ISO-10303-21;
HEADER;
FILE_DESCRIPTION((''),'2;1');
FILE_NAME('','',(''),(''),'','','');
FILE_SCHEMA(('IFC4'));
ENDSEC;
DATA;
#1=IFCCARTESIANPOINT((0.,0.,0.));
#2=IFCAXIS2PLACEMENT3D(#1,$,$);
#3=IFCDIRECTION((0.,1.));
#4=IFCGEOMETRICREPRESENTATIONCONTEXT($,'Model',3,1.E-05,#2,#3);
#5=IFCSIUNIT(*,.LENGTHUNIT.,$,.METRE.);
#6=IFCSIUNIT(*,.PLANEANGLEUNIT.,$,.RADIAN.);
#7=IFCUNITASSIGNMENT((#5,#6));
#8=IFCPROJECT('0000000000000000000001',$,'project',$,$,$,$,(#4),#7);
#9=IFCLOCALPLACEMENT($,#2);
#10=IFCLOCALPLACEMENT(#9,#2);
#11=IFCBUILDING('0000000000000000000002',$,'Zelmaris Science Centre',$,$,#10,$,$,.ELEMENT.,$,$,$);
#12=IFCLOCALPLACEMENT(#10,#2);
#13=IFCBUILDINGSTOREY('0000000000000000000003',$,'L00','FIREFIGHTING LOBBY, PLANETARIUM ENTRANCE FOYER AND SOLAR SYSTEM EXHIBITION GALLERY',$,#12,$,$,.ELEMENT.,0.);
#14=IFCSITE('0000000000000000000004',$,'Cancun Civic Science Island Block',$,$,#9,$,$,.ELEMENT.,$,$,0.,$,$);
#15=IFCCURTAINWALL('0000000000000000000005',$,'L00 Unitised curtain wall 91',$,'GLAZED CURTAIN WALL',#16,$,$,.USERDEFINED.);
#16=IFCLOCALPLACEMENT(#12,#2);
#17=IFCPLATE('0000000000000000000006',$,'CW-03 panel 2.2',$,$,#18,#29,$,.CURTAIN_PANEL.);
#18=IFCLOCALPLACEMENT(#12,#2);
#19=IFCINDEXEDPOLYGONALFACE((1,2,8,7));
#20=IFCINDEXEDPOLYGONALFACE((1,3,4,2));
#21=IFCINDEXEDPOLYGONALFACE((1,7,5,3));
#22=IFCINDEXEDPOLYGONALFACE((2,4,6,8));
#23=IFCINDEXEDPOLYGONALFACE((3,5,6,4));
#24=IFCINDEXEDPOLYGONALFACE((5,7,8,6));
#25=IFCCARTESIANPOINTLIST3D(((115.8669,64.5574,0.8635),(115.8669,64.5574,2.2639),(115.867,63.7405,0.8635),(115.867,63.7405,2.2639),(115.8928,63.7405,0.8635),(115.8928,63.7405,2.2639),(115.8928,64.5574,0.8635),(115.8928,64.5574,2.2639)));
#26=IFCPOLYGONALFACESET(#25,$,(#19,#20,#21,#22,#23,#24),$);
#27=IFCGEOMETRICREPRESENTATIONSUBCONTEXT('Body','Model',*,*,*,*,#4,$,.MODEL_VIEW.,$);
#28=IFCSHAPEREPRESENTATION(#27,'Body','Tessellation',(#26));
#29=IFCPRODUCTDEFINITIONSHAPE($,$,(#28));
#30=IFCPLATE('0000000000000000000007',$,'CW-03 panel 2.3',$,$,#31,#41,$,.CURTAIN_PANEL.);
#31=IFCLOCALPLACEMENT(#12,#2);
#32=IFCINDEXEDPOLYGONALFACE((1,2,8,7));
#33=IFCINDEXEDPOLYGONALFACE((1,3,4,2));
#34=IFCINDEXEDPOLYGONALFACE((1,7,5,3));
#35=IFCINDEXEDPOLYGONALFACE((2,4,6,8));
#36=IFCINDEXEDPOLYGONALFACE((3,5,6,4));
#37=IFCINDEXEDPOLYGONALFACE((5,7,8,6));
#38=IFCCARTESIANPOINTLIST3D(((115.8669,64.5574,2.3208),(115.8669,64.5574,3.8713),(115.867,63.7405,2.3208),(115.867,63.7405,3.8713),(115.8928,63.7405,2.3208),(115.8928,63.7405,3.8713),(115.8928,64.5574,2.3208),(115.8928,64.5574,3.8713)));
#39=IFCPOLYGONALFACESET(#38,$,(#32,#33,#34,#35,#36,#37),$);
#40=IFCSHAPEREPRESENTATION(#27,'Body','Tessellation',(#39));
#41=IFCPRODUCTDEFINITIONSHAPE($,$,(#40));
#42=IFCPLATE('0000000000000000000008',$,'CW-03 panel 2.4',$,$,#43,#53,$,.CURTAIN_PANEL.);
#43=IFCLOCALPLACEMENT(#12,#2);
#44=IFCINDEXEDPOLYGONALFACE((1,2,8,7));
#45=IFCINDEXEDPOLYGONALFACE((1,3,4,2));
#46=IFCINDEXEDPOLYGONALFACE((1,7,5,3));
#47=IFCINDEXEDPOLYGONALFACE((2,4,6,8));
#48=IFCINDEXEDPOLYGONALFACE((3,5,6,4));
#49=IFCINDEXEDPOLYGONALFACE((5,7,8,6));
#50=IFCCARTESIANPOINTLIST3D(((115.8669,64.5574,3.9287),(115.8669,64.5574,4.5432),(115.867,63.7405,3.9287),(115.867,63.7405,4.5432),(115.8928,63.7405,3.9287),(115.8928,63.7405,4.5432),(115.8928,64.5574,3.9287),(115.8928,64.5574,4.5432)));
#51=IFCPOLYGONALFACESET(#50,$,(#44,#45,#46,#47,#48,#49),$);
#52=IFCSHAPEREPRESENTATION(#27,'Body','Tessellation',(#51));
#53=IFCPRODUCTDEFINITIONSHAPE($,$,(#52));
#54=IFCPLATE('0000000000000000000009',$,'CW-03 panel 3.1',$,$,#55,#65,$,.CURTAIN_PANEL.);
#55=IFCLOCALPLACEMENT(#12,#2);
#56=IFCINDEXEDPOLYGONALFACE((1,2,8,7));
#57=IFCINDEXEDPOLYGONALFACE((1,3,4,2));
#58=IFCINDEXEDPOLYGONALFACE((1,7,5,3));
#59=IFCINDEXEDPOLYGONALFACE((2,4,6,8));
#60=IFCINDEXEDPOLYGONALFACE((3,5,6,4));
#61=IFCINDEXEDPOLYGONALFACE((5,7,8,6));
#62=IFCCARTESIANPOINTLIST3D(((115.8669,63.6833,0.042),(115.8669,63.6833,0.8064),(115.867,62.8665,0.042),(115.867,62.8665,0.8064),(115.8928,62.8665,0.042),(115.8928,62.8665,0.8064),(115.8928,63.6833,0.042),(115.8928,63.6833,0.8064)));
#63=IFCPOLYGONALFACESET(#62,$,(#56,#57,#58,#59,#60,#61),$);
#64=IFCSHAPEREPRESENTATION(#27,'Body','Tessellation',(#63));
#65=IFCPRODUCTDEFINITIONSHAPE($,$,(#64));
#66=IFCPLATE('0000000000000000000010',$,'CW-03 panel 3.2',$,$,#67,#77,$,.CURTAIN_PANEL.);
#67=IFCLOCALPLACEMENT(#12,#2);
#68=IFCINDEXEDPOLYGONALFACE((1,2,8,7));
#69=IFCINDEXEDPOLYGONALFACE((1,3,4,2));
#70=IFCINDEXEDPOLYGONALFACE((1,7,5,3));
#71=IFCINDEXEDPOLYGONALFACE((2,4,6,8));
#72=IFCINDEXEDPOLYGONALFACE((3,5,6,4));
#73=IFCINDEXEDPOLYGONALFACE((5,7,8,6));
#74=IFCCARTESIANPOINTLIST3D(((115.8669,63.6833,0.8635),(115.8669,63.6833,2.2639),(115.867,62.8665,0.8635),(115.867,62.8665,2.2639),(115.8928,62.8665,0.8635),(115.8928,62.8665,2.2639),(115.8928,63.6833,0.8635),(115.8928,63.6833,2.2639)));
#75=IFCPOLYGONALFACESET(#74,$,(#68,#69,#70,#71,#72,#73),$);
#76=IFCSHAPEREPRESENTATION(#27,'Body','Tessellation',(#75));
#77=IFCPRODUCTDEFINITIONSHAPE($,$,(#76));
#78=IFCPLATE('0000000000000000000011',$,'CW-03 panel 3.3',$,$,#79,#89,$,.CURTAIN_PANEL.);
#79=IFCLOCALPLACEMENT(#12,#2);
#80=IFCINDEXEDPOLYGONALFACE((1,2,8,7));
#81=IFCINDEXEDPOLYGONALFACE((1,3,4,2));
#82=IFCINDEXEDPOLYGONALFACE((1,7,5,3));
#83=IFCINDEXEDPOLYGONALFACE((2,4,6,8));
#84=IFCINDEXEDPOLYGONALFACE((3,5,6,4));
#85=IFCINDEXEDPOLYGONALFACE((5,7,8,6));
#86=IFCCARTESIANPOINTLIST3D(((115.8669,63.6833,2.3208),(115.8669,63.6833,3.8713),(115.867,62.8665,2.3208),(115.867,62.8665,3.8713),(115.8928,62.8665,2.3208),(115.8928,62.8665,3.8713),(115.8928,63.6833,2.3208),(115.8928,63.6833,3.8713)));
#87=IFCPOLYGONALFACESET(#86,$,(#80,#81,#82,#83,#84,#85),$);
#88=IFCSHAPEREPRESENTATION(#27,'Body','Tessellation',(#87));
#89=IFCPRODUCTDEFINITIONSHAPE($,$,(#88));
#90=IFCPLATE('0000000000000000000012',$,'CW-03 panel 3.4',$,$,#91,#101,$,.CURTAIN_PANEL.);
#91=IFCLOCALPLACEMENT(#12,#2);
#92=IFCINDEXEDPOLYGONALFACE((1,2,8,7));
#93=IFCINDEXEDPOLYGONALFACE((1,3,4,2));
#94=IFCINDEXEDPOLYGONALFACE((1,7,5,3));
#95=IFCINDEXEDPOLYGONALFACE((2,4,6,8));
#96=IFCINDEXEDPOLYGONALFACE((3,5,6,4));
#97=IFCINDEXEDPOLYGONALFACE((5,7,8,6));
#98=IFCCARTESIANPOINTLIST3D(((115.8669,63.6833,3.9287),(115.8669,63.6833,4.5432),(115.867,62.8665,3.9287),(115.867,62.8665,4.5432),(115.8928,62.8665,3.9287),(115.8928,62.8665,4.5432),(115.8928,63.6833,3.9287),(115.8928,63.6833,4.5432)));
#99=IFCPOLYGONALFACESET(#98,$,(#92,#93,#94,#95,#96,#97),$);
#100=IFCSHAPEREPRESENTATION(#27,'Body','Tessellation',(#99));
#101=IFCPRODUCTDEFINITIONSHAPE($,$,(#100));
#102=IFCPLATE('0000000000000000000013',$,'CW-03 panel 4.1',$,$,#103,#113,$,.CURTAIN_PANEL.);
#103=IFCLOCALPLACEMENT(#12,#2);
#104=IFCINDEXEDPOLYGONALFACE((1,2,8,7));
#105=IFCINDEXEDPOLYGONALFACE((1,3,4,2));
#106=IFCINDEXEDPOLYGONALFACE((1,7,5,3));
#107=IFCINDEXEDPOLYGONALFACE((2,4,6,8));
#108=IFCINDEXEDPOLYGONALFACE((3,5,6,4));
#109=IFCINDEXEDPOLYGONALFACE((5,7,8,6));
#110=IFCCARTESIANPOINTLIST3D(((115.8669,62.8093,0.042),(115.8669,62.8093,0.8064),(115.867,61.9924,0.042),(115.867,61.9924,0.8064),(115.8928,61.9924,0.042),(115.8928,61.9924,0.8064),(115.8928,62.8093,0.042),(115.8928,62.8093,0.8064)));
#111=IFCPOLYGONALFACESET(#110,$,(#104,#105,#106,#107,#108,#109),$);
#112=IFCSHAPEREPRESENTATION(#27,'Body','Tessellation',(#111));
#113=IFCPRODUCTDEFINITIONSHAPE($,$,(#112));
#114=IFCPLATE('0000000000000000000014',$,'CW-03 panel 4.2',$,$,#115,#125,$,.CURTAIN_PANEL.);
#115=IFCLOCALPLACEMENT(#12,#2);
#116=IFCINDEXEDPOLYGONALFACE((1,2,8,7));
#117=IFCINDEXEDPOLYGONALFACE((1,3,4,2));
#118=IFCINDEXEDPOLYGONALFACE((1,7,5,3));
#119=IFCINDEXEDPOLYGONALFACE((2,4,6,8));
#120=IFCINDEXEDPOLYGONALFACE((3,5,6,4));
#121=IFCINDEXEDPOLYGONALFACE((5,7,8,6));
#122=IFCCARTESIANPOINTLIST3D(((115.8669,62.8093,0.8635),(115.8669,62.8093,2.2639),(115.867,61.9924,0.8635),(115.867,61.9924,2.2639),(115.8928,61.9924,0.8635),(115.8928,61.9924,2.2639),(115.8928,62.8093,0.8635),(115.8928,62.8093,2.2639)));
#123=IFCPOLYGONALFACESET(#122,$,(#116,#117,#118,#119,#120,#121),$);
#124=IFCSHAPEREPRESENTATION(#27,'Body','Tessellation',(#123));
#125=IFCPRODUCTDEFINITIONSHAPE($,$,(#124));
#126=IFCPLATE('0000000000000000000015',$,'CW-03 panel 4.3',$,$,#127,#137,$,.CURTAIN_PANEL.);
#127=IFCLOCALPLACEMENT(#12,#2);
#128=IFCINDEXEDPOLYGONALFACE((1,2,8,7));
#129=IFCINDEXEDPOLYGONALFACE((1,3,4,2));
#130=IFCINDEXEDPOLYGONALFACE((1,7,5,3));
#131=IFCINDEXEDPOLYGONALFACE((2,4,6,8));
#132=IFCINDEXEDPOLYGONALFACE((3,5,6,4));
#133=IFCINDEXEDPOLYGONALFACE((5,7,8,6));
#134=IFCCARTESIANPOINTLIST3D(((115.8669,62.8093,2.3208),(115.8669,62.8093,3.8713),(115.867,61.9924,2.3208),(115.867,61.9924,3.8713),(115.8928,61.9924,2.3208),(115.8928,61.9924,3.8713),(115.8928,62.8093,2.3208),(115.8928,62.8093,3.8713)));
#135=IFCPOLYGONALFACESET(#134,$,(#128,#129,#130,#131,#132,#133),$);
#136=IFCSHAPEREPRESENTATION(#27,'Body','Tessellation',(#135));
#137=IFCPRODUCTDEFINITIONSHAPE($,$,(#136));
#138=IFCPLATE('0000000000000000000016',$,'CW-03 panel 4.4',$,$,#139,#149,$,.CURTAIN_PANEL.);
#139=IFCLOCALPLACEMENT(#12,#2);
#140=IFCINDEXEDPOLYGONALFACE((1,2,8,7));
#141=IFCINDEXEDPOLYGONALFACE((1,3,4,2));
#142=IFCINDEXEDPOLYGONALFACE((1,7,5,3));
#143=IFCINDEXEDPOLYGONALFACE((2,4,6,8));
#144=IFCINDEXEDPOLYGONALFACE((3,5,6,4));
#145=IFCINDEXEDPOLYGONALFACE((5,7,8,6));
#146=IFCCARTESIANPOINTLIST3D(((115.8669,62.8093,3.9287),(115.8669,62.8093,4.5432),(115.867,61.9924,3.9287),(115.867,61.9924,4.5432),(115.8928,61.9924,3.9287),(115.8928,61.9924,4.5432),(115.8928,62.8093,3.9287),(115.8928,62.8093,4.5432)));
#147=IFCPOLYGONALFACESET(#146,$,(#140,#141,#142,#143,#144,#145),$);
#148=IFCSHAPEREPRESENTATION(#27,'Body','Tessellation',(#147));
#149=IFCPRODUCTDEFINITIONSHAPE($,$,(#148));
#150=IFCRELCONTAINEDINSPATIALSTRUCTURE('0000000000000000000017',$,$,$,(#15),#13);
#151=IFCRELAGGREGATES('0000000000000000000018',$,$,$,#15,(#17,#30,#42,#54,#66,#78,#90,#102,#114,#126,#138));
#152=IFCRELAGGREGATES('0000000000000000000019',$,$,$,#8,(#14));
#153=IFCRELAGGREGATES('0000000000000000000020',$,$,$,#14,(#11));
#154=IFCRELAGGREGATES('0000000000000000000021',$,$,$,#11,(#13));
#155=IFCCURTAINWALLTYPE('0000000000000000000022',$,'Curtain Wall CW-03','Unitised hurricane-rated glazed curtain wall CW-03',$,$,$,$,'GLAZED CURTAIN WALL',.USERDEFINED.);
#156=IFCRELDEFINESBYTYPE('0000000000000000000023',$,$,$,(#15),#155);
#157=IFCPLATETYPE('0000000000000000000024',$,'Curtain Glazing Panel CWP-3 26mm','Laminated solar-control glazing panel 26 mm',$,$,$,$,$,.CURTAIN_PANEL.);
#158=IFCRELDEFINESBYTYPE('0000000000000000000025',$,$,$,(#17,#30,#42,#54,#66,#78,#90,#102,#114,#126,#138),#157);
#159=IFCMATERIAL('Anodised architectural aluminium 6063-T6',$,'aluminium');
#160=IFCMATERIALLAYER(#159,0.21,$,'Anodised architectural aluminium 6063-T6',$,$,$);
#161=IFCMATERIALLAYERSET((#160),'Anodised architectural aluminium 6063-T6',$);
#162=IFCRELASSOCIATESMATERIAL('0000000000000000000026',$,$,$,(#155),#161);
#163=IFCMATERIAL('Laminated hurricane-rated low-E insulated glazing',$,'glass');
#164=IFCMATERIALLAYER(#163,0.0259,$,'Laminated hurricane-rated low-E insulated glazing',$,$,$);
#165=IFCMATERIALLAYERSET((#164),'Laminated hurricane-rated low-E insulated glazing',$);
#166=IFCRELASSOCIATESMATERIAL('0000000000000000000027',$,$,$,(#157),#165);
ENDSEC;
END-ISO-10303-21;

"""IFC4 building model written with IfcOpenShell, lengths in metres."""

from ifc_helpers import new_model, si_unit, direction, frame, origin, origin_2d, place, context, subcontext, project, spatial, rectangle, extrude, material, layer, layer_set, type_object, element, aggregate, save


model = new_model("IFC4")

# Units and contexts
model_context = context("Model", 3, precision=1e-05, world=origin(), true_north=direction((0.0, 1.0)))
body_context = subcontext(model_context, "Body", "Model", "MODEL_VIEW")
ifc_project = project(units=[si_unit("LENGTHUNIT", "METRE"), si_unit("PLANEANGLEUNIT", "RADIAN")], contexts=[model_context])

# Site, building, storey
site_placement = place(None, origin())
site = spatial("IfcSite", under=ifc_project, at=site_placement, Name="Cancun Civic Science Island Block", CompositionType="ELEMENT", RefElevation=0.0)
building_placement = place(site_placement, origin())
building = spatial("IfcBuilding", under=site, at=building_placement, Name="Zelmaris Science Centre", CompositionType="ELEMENT")
storey_placement = place(building_placement, origin())
storey = spatial("IfcBuildingStorey", under=building, at=storey_placement, Name="L00", Description="FIREFIGHTING LOBBY, PLANETARIUM ENTRANCE FOYER AND SOLAR SYSTEM EXHIBITION GALLERY", CompositionType="ELEMENT", Elevation=0.0)

# Curtain wall, plates
ifc_material_1 = material(Name="Anodised architectural aluminium 6063-T6", Category="aluminium")
ifc_layer_1 = layer(ifc_material_1, 0.21, Name="Anodised architectural aluminium 6063-T6")
ifc_layer_set_1 = layer_set([ifc_layer_1], Name="Anodised architectural aluminium 6063-T6")
curtain_wall_type = type_object("IfcCurtainWallType", Name="Curtain Wall CW-03", Description="Unitised hurricane-rated glazed curtain wall CW-03", ElementType="GLAZED CURTAIN WALL", PredefinedType="USERDEFINED", material=ifc_layer_set_1)
curtain_wall_placement = place(storey_placement, origin())
curtain_wall = element("IfcCurtainWall", 1, at=curtain_wall_placement, inside=storey, type_object=curtain_wall_type, Name="L00 Unitised curtain wall 91", ObjectType="GLAZED CURTAIN WALL", PredefinedType="USERDEFINED")
ifc_material_2 = material(Name="Laminated hurricane-rated low-E insulated glazing", Category="glass")
ifc_layer_2 = layer(ifc_material_2, 0.0259, Name="Laminated hurricane-rated low-E insulated glazing")
ifc_layer_set_2 = layer_set([ifc_layer_2], Name="Laminated hurricane-rated low-E insulated glazing")
plate_type = type_object("IfcPlateType", Name="Curtain Glazing Panel CWP-3 26mm", Description="Laminated solar-control glazing panel 26 mm", PredefinedType="CURTAIN_PANEL", material=ifc_layer_set_2)
plate_1_placement = place(storey_placement, frame((115.8799, 64.1489, 0.8635), z_axis=(0.0, 0.0, 1.0), x_axis=(0.000023, -1.0, 0.0)))
plate_1 = element("IfcPlate", 2, at=plate_1_placement, type_object=plate_type, Name="CW-03 panel 2.2", PredefinedType="CURTAIN_PANEL", context=body_context, shape_type="SweptSolid", body=[
    extrude(rectangle(XDim=0.8169, YDim=0.0259, at=origin_2d()), origin(), (0.0, 0.0, 1.0), 1.4004),
])
plate_2_placement = place(storey_placement, frame((115.8799, 64.1489, 2.3208), z_axis=(0.0, 0.0, 1.0), x_axis=(0.000023, -1.0, 0.0)))
plate_2 = element("IfcPlate", 3, at=plate_2_placement, type_object=plate_type, Name="CW-03 panel 2.3", PredefinedType="CURTAIN_PANEL", context=body_context, shape_type="SweptSolid", body=[
    extrude(rectangle(XDim=0.8169, YDim=0.0259, at=origin_2d()), origin(), (0.0, 0.0, 1.0), 1.5505),
])
plate_3_placement = place(storey_placement, frame((115.8799, 64.1489, 3.9287), z_axis=(0.0, 0.0, 1.0), x_axis=(0.000023, -1.0, 0.0)))
plate_3 = element("IfcPlate", 4, at=plate_3_placement, type_object=plate_type, Name="CW-03 panel 2.4", PredefinedType="CURTAIN_PANEL", context=body_context, shape_type="SweptSolid", body=[
    extrude(rectangle(XDim=0.8169, YDim=0.0259, at=origin_2d()), origin(), (0.0, 0.0, 1.0), 0.6145),
])
plate_4_placement = place(storey_placement, frame((115.8799, 63.2749, 0.042), z_axis=(0.0, 0.0, 1.0), x_axis=(0.000023, -1.0, 0.0)))
plate_4 = element("IfcPlate", 5, at=plate_4_placement, type_object=plate_type, Name="CW-03 panel 3.1", PredefinedType="CURTAIN_PANEL", context=body_context, shape_type="SweptSolid", body=[
    extrude(rectangle(XDim=0.8169, YDim=0.0259, at=origin_2d()), origin(), (0.0, 0.0, 1.0), 0.7644),
])
plate_5_placement = place(storey_placement, frame((115.8799, 63.2749, 0.8635), z_axis=(0.0, 0.0, 1.0), x_axis=(0.000023, -1.0, 0.0)))
plate_5 = element("IfcPlate", 6, at=plate_5_placement, type_object=plate_type, Name="CW-03 panel 3.2", PredefinedType="CURTAIN_PANEL", context=body_context, shape_type="SweptSolid", body=[
    extrude(rectangle(XDim=0.8169, YDim=0.0259, at=origin_2d()), origin(), (0.0, 0.0, 1.0), 1.4004),
])
plate_6_placement = place(storey_placement, frame((115.8799, 63.2749, 2.3208), z_axis=(0.0, 0.0, 1.0), x_axis=(0.000023, -1.0, 0.0)))
plate_6 = element("IfcPlate", 7, at=plate_6_placement, type_object=plate_type, Name="CW-03 panel 3.3", PredefinedType="CURTAIN_PANEL", context=body_context, shape_type="SweptSolid", body=[
    extrude(rectangle(XDim=0.8169, YDim=0.0259, at=origin_2d()), origin(), (0.0, 0.0, 1.0), 1.5505),
])
plate_7_placement = place(storey_placement, frame((115.8799, 63.2749, 3.9287), z_axis=(0.0, 0.0, 1.0), x_axis=(0.000023, -1.0, 0.0)))
plate_7 = element("IfcPlate", 8, at=plate_7_placement, type_object=plate_type, Name="CW-03 panel 3.4", PredefinedType="CURTAIN_PANEL", context=body_context, shape_type="SweptSolid", body=[
    extrude(rectangle(XDim=0.8169, YDim=0.0259, at=origin_2d()), origin(), (0.0, 0.0, 1.0), 0.6145),
])
plate_8_placement = place(storey_placement, frame((115.8799, 62.4009, 0.042), z_axis=(0.0, 0.0, 1.0), x_axis=(0.000023, -1.0, 0.0)))
plate_8 = element("IfcPlate", 9, at=plate_8_placement, type_object=plate_type, Name="CW-03 panel 4.1", PredefinedType="CURTAIN_PANEL", context=body_context, shape_type="SweptSolid", body=[
    extrude(rectangle(XDim=0.8169, YDim=0.0259, at=origin_2d()), origin(), (0.0, 0.0, 1.0), 0.7644),
])
plate_9_placement = place(storey_placement, frame((115.8799, 62.4009, 0.8635), z_axis=(0.0, 0.0, 1.0), x_axis=(0.000023, -1.0, 0.0)))
plate_9 = element("IfcPlate", 10, at=plate_9_placement, type_object=plate_type, Name="CW-03 panel 4.2", PredefinedType="CURTAIN_PANEL", context=body_context, shape_type="SweptSolid", body=[
    extrude(rectangle(XDim=0.8169, YDim=0.0259, at=origin_2d()), origin(), (0.0, 0.0, 1.0), 1.4004),
])
plate_10_placement = place(storey_placement, frame((115.8799, 62.4009, 2.3208), z_axis=(0.0, 0.0, 1.0), x_axis=(0.000023, -1.0, 0.0)))
plate_10 = element("IfcPlate", 11, at=plate_10_placement, type_object=plate_type, Name="CW-03 panel 4.3", PredefinedType="CURTAIN_PANEL", context=body_context, shape_type="SweptSolid", body=[
    extrude(rectangle(XDim=0.8169, YDim=0.0259, at=origin_2d()), origin(), (0.0, 0.0, 1.0), 1.5505),
])
plate_11_placement = place(storey_placement, frame((115.8799, 62.4009, 3.9287), z_axis=(0.0, 0.0, 1.0), x_axis=(0.000023, -1.0, 0.0)))
plate_11 = element("IfcPlate", 12, at=plate_11_placement, type_object=plate_type, Name="CW-03 panel 4.4", PredefinedType="CURTAIN_PANEL", context=body_context, shape_type="SweptSolid", body=[
    extrude(rectangle(XDim=0.8169, YDim=0.0259, at=origin_2d()), origin(), (0.0, 0.0, 1.0), 0.6145),
])
aggregate(curtain_wall, [plate_1, plate_2, plate_3, plate_4, plate_5, plate_6, plate_7, plate_8, plate_9, plate_10, plate_11])

save(model, "model.ifc")
